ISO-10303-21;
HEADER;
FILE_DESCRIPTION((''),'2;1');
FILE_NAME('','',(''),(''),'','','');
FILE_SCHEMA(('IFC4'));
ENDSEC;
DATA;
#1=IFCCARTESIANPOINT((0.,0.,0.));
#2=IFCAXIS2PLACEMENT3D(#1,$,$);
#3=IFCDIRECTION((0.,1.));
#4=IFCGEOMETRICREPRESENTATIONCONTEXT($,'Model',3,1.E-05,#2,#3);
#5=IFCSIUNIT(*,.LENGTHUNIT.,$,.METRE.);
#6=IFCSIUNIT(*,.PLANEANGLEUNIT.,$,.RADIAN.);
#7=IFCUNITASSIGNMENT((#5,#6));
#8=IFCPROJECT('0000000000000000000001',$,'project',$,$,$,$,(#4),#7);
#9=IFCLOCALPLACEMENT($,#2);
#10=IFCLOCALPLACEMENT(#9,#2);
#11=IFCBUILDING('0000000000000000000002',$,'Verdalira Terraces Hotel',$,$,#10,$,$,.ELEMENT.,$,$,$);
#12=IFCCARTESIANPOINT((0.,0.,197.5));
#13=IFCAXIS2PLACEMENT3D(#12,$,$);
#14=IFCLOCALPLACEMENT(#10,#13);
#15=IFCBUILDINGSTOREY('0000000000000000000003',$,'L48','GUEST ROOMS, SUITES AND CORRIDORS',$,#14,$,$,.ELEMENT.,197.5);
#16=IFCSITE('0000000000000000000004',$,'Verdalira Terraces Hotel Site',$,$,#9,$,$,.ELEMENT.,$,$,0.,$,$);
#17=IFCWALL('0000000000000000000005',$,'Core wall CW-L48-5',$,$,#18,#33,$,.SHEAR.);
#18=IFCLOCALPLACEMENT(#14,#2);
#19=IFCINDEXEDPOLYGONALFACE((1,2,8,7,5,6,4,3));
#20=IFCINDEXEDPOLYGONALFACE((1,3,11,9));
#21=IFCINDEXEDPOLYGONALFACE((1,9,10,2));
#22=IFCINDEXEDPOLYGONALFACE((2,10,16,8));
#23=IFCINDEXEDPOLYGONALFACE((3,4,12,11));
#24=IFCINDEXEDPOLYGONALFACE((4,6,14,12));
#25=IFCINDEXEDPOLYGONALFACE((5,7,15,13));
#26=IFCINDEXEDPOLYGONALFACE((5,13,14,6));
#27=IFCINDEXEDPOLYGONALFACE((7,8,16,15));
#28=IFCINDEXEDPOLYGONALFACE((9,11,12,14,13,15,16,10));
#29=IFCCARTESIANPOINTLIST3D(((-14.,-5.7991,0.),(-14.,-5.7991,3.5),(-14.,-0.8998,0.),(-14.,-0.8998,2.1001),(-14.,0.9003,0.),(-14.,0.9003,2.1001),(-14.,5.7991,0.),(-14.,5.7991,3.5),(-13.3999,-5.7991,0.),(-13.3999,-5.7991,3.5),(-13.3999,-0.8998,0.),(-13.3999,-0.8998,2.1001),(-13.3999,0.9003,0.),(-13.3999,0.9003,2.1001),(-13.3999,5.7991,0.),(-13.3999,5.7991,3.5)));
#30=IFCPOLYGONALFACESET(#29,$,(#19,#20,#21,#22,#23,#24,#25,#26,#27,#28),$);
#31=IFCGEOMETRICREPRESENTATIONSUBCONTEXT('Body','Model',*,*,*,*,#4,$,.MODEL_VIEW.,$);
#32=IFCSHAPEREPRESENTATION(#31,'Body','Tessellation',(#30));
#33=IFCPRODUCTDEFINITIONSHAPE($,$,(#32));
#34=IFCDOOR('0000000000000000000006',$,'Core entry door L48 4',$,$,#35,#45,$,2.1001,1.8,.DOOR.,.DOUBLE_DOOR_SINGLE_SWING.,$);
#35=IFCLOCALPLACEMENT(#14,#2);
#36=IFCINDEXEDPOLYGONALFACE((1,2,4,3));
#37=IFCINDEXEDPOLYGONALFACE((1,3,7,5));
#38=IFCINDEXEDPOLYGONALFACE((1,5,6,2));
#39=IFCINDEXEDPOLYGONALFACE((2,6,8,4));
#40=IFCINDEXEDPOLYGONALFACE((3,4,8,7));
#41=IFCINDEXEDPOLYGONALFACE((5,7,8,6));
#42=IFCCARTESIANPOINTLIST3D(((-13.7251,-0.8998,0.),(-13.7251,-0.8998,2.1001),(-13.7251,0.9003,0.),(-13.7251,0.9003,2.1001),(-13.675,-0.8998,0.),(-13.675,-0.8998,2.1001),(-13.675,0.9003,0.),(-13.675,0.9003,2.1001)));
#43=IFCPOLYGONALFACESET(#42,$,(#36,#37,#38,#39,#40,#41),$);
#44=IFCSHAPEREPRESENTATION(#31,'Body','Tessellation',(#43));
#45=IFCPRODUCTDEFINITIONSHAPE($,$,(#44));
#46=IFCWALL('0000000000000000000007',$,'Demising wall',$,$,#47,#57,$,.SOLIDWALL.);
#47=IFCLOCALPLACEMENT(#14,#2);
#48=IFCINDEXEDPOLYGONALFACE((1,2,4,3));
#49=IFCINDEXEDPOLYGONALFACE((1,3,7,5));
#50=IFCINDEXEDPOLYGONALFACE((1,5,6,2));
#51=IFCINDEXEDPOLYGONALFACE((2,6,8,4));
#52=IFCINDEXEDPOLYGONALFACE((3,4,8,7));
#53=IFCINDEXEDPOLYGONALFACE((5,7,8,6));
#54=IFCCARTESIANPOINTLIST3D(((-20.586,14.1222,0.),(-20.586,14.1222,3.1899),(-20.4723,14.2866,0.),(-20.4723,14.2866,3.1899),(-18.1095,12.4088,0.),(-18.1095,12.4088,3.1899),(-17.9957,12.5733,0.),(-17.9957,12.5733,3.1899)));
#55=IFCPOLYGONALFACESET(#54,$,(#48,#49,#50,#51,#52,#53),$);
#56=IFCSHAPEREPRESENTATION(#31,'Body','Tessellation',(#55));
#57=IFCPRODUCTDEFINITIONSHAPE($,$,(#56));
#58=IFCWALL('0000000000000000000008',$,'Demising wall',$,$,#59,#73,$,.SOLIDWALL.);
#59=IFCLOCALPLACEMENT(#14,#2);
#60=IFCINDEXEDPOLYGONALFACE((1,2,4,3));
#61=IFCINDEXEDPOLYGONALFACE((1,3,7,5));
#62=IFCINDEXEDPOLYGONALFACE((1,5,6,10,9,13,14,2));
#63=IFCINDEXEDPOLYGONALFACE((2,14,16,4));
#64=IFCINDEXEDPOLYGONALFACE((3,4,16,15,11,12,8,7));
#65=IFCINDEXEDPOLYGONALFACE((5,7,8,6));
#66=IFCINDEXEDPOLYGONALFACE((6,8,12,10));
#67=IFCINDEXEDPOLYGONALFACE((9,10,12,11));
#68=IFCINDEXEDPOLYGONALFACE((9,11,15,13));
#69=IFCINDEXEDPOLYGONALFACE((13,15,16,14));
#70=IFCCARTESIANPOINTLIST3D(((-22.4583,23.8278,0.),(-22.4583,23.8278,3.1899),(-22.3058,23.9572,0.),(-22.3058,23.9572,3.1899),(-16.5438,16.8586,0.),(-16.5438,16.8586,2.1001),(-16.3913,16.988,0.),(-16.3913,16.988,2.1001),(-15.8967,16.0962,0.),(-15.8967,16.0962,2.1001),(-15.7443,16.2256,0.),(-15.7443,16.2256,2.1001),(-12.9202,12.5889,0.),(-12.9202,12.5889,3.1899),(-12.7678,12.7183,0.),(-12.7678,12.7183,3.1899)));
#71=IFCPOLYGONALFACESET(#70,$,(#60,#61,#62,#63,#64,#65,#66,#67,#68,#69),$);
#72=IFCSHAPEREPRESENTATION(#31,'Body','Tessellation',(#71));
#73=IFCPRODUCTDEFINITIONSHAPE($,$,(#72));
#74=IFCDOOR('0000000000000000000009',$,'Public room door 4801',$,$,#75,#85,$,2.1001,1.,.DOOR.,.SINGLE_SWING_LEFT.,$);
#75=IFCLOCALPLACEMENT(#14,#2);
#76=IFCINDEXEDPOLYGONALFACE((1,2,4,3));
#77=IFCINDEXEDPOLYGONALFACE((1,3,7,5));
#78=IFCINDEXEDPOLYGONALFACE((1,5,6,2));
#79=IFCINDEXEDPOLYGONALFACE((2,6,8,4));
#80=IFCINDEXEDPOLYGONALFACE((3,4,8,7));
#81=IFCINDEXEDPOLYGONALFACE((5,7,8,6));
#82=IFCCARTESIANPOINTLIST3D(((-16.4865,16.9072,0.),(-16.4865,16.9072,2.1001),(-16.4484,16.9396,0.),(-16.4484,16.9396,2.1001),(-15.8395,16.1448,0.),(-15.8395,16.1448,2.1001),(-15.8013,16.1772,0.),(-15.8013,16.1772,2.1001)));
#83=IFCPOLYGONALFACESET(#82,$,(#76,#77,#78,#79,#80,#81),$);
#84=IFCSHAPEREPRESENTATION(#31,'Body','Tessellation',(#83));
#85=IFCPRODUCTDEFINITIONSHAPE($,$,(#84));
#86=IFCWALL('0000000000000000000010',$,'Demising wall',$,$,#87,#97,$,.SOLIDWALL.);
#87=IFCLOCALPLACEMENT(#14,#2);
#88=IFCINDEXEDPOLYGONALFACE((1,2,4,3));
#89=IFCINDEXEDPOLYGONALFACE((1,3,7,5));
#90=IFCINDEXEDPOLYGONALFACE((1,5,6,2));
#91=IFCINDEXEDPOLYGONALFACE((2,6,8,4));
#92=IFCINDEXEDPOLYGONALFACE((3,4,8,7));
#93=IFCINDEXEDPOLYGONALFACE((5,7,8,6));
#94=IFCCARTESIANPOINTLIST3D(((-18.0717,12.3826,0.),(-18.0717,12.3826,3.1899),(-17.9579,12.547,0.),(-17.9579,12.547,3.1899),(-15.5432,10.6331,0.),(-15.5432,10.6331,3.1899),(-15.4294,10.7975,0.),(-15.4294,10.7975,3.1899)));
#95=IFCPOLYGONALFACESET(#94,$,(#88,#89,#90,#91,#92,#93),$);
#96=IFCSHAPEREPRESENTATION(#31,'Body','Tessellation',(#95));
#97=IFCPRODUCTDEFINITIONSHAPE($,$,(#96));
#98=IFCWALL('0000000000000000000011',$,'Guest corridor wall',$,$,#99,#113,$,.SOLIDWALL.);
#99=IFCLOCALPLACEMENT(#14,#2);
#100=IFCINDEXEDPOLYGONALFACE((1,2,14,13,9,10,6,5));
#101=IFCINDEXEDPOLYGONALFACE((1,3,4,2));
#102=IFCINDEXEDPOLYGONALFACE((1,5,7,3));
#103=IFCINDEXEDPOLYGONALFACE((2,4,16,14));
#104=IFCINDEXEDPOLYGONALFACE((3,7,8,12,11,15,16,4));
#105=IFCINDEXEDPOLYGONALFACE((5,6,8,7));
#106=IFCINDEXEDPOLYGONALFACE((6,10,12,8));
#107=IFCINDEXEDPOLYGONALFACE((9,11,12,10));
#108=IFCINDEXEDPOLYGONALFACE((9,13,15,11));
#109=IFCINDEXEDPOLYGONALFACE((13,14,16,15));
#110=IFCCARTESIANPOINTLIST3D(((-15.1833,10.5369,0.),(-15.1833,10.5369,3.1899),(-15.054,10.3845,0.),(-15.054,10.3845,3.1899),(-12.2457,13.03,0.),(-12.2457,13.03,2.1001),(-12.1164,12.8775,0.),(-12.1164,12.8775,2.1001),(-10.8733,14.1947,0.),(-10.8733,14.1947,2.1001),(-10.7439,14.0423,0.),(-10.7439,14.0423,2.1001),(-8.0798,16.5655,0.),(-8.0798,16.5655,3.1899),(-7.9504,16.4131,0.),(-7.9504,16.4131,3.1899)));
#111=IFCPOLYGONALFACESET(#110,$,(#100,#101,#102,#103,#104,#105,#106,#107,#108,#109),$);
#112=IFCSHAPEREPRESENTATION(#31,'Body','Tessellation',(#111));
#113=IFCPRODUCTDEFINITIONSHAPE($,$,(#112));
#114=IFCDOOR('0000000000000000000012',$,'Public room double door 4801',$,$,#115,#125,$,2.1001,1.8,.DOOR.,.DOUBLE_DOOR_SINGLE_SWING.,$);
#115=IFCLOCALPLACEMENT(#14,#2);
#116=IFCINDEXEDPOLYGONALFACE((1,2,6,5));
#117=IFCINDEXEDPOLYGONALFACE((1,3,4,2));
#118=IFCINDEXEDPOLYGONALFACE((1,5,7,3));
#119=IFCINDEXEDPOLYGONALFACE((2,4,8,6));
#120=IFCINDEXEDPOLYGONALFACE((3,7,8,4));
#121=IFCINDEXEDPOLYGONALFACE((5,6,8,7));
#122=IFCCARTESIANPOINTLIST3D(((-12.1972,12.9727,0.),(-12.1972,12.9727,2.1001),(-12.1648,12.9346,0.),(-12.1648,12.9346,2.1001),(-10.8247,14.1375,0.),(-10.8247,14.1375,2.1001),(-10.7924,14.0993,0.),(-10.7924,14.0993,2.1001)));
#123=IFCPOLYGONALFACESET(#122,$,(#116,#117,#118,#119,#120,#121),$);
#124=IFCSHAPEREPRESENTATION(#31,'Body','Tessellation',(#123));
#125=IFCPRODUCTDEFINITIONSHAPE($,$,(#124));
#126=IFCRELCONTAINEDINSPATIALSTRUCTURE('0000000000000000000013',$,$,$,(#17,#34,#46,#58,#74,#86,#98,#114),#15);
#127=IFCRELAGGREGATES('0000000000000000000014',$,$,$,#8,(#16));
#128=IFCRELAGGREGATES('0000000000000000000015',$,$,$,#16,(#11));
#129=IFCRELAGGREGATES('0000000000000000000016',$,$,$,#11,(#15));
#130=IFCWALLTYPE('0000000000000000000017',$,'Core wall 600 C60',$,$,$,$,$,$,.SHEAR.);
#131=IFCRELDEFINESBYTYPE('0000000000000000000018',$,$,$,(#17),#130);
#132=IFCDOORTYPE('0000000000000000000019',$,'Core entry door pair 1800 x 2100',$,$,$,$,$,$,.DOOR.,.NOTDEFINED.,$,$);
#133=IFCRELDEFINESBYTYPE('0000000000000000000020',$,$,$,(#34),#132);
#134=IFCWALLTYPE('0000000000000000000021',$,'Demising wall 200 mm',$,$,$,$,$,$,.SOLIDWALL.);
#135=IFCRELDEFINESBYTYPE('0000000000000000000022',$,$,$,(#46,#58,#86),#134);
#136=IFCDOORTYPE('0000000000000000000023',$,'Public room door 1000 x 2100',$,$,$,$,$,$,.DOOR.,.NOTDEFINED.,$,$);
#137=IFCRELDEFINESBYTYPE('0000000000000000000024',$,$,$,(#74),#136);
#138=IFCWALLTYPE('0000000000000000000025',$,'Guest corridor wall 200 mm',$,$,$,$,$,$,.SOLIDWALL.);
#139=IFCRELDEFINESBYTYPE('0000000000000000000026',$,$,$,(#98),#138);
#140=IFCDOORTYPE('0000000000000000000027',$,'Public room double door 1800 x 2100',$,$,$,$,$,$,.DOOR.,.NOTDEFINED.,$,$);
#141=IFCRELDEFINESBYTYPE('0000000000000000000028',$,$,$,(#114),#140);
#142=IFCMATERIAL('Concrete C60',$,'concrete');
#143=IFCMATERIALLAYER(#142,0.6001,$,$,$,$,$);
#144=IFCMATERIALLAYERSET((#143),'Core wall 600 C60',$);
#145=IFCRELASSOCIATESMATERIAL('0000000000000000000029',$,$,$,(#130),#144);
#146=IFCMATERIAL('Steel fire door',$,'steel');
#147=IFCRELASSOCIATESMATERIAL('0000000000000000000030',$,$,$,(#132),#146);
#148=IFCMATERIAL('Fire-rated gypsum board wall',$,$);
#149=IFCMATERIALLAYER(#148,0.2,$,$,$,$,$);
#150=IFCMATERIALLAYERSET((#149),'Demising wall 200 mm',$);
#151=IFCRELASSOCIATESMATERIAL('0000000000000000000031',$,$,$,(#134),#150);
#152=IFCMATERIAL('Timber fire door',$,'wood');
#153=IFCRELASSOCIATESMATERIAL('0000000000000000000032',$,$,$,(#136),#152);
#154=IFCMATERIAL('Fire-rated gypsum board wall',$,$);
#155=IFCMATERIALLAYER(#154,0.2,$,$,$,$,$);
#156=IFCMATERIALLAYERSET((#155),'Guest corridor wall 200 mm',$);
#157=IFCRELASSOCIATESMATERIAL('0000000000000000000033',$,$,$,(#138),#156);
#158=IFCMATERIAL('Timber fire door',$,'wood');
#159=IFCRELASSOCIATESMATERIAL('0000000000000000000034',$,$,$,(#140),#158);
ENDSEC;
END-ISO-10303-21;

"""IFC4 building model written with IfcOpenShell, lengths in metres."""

from ifc_helpers import new_model, si_unit, direction, frame, frame_2d, origin, place, context, subcontext, project, spatial, rectangle, extrude, material, layer, layer_set, type_object, element, fill, save


model = new_model("IFC4")

# Units and contexts
model_context = context("Model", 3, precision=1e-05, world=origin(), true_north=direction((0.0, 1.0)))
body_context = subcontext(model_context, "Body", "Model", "MODEL_VIEW")
ifc_project = project(units=[si_unit("LENGTHUNIT", "METRE"), si_unit("PLANEANGLEUNIT", "RADIAN")], contexts=[model_context])

# Site, building, storey
site_placement = place(None, origin())
site = spatial("IfcSite", under=ifc_project, at=site_placement, Name="Verdalira Terraces Hotel Site", CompositionType="ELEMENT", RefElevation=0.0)
building_placement = place(site_placement, origin())
building = spatial("IfcBuilding", under=site, at=building_placement, Name="Verdalira Terraces Hotel", CompositionType="ELEMENT")
storey_placement = place(building_placement, frame((0.0, 0.0, 197.5)))
storey = spatial("IfcBuildingStorey", under=building, at=storey_placement, Name="L48", Description="GUEST ROOMS, SUITES AND CORRIDORS", CompositionType="ELEMENT", Elevation=197.5)

# Shared definitions
ifc_material_1 = material(Name="Concrete C60", Category="concrete")
ifc_layer_1 = layer(ifc_material_1, 0.6001)
ifc_layer_set_1 = layer_set([ifc_layer_1], Name="Core wall 600 C60")
wall_type_1 = type_object("IfcWallType", Name="Core wall 600 C60", PredefinedType="SHEAR", material=ifc_layer_set_1)

# Wall, opening, door
wall_1_placement = place(storey_placement, frame((-13.7, 5.7991, 0.0), z_axis=(0.0, 0.0, 1.0), x_axis=(0.0, -1.0, 0.0)))
wall_1 = element("IfcWall", 1, at=wall_1_placement, inside=storey, type_object=wall_type_1, Name="Core wall CW-L48-5", PredefinedType="SHEAR", context=body_context, shape_type="SweptSolid", body=[
    extrude(rectangle(XDim=11.5981, YDim=0.6001, at=frame_2d((5.7991, 0.0))), origin(), (0.0, 0.0, 1.0), 3.5),
])
opening_1_placement = place(wall_1_placement, frame((4.8989, 0.0, 0.0)))
opening_1 = element("IfcOpeningElement", 2, at=opening_1_placement, cuts=wall_1, PredefinedType="OPENING", context=body_context, shape_type="SweptSolid", body=[
    extrude(rectangle(XDim=1.8, YDim=2.1001, at=frame_2d((0.8999, 1.05))), frame((0.0, 0.3101, 0.0), z_axis=(0.0, -1.0, 0.0), x_axis=(1.0, 0.0, 0.0)), (0.0, 0.0, 1.0), 0.6201),
])
ifc_material_2 = material(Name="Steel fire door", Category="steel")
door_type_1 = type_object("IfcDoorType", Name="Core entry door pair 1800 x 2100", OperationType="NOTDEFINED", PredefinedType="DOOR", material=ifc_material_2)
door_1_placement = place(opening_1_placement, origin())
door_1 = element("IfcDoor", 3, at=door_1_placement, inside=storey, type_object=door_type_1, Name="Core entry door L48 4", OperationType="DOUBLE_DOOR_SINGLE_SWING", OverallHeight=2.1001, OverallWidth=1.8, PredefinedType="DOOR", context=body_context, shape_type="SweptSolid", body=[
    extrude(rectangle(XDim=1.8, YDim=2.1001, at=frame_2d((0.8999, 1.05))), frame((0.0, 0.0249, 0.0), z_axis=(0.0, -1.0, 0.0), x_axis=(1.0, 0.0, 0.0)), (0.0, 0.0, 1.0), 0.05),
])
fill(opening_1, door_1)

# Wall
ifc_material_3 = material(Name="Fire-rated gypsum board wall")
ifc_layer_2 = layer(ifc_material_3, 0.2)
ifc_layer_set_2 = layer_set([ifc_layer_2], Name="Demising wall 200 mm")
wall_type_2 = type_object("IfcWallType", Name="Demising wall 200 mm", PredefinedType="SOLIDWALL", material=ifc_layer_set_2)
wall_2_placement = place(storey_placement, frame((-18.0525, 12.491, 0.0), z_axis=(0.0, 0.0, 1.0), x_axis=(-0.822373, 0.568949, 0.0)))
element("IfcWall", 4, at=wall_2_placement, inside=storey, type_object=wall_type_2, Name="Demising wall", PredefinedType="SOLIDWALL", context=body_context, shape_type="SweptSolid", body=[
    extrude(rectangle(XDim=3.0115, YDim=0.2, at=frame_2d((1.5059, 0.0))), origin(), (0.0, 0.0, 1.0), 3.1899),
])

# Wall, opening, door
wall_3_placement = place(storey_placement, frame((-12.844, 12.6536, 0.0), z_axis=(0.0, 0.0, 1.0), x_axis=(-0.647054, 0.762444, 0.0)))
wall_3 = element("IfcWall", 5, at=wall_3_placement, inside=storey, type_object=wall_type_2, Name="Demising wall", PredefinedType="SOLIDWALL", context=body_context, shape_type="SweptSolid", body=[
    extrude(rectangle(XDim=14.7407, YDim=0.2, at=frame_2d((7.3704, 0.0))), origin(), (0.0, 0.0, 1.0), 3.1899),
])
opening_2_placement = place(wall_3_placement, frame((4.6001, 0.0, 0.0)))
opening_2 = element("IfcOpeningElement", 6, at=opening_2_placement, cuts=wall_3, PredefinedType="OPENING", context=body_context, shape_type="SweptSolid", body=[
    extrude(rectangle(XDim=1.0, YDim=2.1001, at=frame_2d((0.5, 1.05))), frame((0.0, 0.1099, 0.0), z_axis=(0.0, -1.0, 0.0), x_axis=(1.0, 0.0, 0.0)), (0.0, 0.0, 1.0), 0.22),
])
ifc_material_4 = material(Name="Timber fire door", Category="wood")
door_type_2 = type_object("IfcDoorType", Name="Public room door 1000 x 2100", OperationType="NOTDEFINED", PredefinedType="DOOR", material=ifc_material_4)
door_2_placement = place(opening_2_placement, origin())
door_2 = element("IfcDoor", 7, at=door_2_placement, inside=storey, type_object=door_type_2, Name="Public room door 4801", OperationType="SINGLE_SWING_LEFT", OverallHeight=2.1001, OverallWidth=1.0, PredefinedType="DOOR", context=body_context, shape_type="SweptSolid", body=[
    extrude(rectangle(XDim=1.0, YDim=2.1001, at=frame_2d((0.5, 1.05))), frame((0.0, 0.0249, 0.0), z_axis=(0.0, -1.0, 0.0), x_axis=(1.0, 0.0, 0.0)), (0.0, 0.0, 1.0), 0.05),
])
fill(opening_2, door_2)

# Wall
wall_4_placement = place(storey_placement, frame((-15.4863, 10.7153, 0.0), z_axis=(0.0, 0.0, 1.0), x_axis=(-0.822349, 0.568983, 0.0)))
element("IfcWall", 8, at=wall_4_placement, inside=storey, type_object=wall_type_2, Name="Demising wall", PredefinedType="SOLIDWALL", context=body_context, shape_type="SweptSolid", body=[
    extrude(rectangle(XDim=3.0747, YDim=0.2, at=frame_2d((1.5374, 0.0))), origin(), (0.0, 0.0, 1.0), 3.1899),
])

# Wall, opening, door
ifc_material_5 = material(Name="Fire-rated gypsum board wall")
ifc_layer_3 = layer(ifc_material_5, 0.2)
ifc_layer_set_3 = layer_set([ifc_layer_3], Name="Guest corridor wall 200 mm")
wall_type_3 = type_object("IfcWallType", Name="Guest corridor wall 200 mm", PredefinedType="SOLIDWALL", material=ifc_layer_set_3)
wall_5_placement = place(storey_placement, frame((-15.1187, 10.4607, 0.0), z_axis=(0.0, 0.0, 1.0), x_axis=(0.762438, 0.647061, 0.0)))
wall_5 = element("IfcWall", 9, at=wall_5_placement, inside=storey, type_object=wall_type_3, Name="Guest corridor wall", PredefinedType="SOLIDWALL", context=body_context, shape_type="SweptSolid", body=[
    extrude(rectangle(XDim=9.3169, YDim=0.2, at=frame_2d((4.6584, 0.0))), origin(), (0.0, 0.0, 1.0), 3.1899),
])
opening_3_placement = place(wall_5_placement, frame((3.853, 0.0, 0.0)))
opening_3 = element("IfcOpeningElement", 10, at=opening_3_placement, cuts=wall_5, PredefinedType="OPENING", context=body_context, shape_type="SweptSolid", body=[
    extrude(rectangle(XDim=1.8, YDim=2.1001, at=frame_2d((0.8999, 1.05))), frame((0.0, 0.1099, 0.0), z_axis=(0.0, -1.0, 0.0), x_axis=(1.0, 0.0, 0.0)), (0.0, 0.0, 1.0), 0.22),
])
ifc_material_6 = material(Name="Timber fire door", Category="wood")
door_type_3 = type_object("IfcDoorType", Name="Public room double door 1800 x 2100", OperationType="NOTDEFINED", PredefinedType="DOOR", material=ifc_material_6)
door_3_placement = place(opening_3_placement, origin())
door_3 = element("IfcDoor", 11, at=door_3_placement, inside=storey, type_object=door_type_3, Name="Public room double door 4801", OperationType="DOUBLE_DOOR_SINGLE_SWING", OverallHeight=2.1001, OverallWidth=1.8, PredefinedType="DOOR", context=body_context, shape_type="SweptSolid", body=[
    extrude(rectangle(XDim=1.8, YDim=2.1001, at=frame_2d((0.8999, 1.05))), frame((0.0, 0.0249, 0.0), z_axis=(0.0, -1.0, 0.0), x_axis=(1.0, 0.0, 0.0)), (0.0, 0.0, 1.0), 0.05),
])
fill(opening_3, door_3)

save(model, "model.ifc")
